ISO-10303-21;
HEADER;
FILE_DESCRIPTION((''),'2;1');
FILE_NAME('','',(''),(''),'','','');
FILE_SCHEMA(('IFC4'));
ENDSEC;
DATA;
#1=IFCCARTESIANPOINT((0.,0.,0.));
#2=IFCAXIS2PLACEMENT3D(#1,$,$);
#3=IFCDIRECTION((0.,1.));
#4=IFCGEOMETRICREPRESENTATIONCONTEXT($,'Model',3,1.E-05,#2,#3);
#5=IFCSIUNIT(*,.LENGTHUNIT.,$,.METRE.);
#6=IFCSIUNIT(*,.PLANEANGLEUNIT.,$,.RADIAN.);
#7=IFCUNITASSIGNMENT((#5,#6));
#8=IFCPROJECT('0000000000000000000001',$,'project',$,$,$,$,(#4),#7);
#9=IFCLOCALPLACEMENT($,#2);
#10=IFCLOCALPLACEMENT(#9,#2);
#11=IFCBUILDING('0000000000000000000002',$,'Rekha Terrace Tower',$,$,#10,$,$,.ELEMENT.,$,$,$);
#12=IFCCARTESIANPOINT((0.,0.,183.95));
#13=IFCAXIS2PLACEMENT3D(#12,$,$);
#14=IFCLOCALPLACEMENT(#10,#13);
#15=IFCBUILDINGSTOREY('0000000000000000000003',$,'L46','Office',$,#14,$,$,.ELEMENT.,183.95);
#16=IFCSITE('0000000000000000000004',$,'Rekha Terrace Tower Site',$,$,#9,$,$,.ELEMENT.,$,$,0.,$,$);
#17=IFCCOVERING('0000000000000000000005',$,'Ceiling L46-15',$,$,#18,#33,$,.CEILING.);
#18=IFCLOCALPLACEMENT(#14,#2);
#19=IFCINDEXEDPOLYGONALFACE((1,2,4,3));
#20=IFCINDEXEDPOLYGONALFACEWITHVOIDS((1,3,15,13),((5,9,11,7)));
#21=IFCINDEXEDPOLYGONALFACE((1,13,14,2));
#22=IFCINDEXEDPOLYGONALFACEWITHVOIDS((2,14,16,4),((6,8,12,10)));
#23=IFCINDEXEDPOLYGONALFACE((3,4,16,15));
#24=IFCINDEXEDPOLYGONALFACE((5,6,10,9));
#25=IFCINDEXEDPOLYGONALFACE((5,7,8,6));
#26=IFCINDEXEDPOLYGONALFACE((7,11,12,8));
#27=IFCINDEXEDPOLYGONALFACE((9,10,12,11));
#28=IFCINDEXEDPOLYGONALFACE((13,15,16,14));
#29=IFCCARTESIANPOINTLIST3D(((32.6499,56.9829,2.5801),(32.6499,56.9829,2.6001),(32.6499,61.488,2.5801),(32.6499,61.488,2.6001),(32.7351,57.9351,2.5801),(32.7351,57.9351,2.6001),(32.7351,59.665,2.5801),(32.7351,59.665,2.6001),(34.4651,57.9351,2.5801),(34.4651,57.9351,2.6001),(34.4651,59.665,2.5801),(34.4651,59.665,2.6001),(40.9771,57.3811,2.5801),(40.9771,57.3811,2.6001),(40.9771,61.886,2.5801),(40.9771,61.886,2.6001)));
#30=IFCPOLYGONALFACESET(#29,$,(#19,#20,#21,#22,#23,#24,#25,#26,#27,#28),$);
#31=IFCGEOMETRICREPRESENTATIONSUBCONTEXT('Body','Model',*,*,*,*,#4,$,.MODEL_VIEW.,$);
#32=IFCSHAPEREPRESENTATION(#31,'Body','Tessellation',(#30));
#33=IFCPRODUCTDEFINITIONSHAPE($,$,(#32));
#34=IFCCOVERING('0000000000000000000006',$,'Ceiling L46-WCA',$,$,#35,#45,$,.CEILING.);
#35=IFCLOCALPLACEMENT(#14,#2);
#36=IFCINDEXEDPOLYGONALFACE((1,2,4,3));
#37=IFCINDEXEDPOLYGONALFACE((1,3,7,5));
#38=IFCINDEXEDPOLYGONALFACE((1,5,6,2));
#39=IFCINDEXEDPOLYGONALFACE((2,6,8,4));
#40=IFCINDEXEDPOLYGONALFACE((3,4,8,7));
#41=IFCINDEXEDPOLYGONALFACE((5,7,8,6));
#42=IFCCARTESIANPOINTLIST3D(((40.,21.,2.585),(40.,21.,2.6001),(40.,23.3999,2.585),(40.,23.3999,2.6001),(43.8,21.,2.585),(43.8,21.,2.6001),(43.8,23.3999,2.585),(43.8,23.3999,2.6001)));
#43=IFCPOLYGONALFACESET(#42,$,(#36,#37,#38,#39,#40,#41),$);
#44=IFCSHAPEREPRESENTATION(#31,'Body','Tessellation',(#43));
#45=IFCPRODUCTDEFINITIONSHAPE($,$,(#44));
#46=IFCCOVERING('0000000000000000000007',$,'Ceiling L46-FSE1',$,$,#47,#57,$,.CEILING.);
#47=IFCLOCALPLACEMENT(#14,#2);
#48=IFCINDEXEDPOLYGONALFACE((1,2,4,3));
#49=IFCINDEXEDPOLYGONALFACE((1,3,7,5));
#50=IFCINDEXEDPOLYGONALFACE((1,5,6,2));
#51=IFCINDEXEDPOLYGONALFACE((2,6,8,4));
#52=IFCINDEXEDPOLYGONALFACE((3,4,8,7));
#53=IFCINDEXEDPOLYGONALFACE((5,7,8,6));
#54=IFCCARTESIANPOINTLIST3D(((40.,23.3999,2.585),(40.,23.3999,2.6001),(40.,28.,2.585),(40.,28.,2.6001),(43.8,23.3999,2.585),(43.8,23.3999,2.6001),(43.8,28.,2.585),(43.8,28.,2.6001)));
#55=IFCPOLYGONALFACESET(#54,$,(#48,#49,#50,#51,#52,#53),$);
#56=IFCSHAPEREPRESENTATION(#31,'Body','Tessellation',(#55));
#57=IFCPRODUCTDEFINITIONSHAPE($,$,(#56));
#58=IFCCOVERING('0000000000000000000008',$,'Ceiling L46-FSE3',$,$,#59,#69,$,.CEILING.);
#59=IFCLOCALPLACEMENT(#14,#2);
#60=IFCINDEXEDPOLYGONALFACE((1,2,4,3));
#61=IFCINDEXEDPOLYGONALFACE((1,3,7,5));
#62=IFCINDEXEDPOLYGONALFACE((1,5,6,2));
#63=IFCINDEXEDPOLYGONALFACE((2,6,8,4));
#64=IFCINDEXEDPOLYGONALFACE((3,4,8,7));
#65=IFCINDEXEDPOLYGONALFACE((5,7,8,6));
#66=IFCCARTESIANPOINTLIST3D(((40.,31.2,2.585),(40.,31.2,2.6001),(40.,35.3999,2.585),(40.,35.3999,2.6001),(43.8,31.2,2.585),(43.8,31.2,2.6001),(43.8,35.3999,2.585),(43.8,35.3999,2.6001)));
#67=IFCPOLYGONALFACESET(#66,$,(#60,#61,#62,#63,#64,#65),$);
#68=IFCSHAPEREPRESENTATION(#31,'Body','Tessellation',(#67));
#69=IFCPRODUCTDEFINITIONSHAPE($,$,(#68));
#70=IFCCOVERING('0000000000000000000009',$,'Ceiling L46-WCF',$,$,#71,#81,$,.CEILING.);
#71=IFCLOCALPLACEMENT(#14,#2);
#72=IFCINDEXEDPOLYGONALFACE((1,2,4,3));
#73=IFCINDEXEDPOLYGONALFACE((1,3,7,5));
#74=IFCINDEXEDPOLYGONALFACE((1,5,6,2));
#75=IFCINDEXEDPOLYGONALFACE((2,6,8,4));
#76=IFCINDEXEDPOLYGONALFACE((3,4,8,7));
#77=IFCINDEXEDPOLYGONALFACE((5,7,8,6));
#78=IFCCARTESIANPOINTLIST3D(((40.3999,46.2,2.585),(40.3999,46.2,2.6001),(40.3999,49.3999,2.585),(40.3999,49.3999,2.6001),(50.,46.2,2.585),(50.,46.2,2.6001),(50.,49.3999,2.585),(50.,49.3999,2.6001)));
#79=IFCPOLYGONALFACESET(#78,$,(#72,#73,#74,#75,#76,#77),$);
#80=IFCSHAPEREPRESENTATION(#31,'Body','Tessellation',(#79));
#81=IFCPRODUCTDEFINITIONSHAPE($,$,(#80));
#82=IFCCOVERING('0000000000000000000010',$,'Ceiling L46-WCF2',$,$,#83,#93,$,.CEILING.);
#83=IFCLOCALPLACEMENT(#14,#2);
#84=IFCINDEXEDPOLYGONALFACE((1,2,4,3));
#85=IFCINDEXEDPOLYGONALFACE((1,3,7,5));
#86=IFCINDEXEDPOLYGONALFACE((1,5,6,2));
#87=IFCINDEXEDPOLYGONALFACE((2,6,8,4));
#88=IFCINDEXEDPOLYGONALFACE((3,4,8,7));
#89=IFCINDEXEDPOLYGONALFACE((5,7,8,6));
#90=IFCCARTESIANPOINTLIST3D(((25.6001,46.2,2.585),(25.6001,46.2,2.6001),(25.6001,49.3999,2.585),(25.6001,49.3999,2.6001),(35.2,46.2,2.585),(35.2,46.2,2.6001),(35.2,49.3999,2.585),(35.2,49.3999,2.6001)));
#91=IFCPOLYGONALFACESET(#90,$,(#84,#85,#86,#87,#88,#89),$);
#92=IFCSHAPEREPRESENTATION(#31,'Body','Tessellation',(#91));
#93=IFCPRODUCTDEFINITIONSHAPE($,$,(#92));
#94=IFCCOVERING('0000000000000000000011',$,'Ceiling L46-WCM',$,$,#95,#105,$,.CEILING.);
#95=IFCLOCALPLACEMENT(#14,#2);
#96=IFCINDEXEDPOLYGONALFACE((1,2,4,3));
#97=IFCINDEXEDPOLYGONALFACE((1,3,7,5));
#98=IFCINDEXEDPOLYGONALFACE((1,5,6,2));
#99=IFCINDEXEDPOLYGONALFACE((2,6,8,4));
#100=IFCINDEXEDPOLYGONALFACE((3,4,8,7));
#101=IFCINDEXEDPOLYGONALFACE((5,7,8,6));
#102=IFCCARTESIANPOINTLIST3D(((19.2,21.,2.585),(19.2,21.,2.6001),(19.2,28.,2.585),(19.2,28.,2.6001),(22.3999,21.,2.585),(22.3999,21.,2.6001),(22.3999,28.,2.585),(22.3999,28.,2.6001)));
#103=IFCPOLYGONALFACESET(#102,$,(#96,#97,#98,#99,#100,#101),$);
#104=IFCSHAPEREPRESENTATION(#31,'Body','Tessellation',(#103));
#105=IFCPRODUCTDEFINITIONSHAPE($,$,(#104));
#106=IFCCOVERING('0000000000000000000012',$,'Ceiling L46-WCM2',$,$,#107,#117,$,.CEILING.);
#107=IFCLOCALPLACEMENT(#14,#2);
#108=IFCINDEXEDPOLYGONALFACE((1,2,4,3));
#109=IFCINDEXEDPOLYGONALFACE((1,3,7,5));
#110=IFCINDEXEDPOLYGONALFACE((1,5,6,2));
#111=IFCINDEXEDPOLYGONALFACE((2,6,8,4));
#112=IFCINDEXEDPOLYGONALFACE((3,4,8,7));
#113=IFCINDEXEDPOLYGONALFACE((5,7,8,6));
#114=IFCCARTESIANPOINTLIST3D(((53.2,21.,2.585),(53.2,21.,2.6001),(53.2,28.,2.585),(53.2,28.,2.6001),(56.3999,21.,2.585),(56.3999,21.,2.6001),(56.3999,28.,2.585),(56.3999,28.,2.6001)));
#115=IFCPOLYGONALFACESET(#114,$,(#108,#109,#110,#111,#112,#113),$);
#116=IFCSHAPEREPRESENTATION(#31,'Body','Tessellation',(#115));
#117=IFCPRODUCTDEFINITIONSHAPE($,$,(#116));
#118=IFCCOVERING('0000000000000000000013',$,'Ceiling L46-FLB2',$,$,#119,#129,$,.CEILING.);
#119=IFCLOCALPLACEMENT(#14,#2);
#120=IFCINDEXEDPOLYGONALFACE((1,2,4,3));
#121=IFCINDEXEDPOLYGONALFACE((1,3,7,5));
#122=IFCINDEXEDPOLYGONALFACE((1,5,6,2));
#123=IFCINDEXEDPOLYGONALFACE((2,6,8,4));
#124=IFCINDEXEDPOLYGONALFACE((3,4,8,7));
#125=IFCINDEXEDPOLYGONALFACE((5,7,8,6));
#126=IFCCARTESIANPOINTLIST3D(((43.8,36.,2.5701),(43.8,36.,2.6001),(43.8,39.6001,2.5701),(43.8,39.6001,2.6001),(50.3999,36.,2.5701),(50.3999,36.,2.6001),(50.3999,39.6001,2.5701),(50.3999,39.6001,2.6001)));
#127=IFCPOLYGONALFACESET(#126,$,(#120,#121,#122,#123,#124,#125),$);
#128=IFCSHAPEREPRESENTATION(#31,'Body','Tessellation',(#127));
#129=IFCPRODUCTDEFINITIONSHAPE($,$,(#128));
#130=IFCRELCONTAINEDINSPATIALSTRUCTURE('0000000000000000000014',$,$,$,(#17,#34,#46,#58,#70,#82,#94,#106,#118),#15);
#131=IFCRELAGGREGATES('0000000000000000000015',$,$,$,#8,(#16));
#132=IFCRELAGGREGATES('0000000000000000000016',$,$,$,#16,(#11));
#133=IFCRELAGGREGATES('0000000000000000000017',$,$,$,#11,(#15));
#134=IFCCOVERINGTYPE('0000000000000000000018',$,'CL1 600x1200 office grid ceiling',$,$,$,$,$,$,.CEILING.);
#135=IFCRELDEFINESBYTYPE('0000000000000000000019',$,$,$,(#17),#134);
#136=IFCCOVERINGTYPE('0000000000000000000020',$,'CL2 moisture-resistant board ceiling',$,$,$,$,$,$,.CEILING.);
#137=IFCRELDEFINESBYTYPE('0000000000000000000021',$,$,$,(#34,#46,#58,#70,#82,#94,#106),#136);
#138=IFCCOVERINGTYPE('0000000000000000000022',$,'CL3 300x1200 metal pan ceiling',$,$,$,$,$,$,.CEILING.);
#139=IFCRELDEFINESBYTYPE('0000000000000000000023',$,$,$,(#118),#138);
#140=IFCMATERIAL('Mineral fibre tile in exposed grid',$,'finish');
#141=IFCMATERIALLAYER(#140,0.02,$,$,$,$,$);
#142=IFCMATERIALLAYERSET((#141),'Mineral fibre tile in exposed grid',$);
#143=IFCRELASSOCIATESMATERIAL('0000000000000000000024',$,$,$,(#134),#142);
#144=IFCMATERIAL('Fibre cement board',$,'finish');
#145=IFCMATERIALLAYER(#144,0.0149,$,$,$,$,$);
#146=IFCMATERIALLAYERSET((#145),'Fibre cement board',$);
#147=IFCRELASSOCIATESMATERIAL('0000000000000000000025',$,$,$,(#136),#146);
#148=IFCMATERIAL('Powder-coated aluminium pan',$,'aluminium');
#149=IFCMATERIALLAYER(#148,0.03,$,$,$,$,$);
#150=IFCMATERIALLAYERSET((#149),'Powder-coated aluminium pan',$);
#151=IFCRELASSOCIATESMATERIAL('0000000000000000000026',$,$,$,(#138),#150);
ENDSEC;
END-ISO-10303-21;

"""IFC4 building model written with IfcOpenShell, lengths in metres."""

from ifc_helpers import new_model, si_unit, direction, frame, origin, place, context, subcontext, project, spatial, polyline, outline, extrude, material, layer, layer_set, type_object, element, save


model = new_model("IFC4")

# Units and contexts
model_context = context("Model", 3, precision=1e-05, world=origin(), true_north=direction((0.0, 1.0)))
body_context = subcontext(model_context, "Body", "Model", "MODEL_VIEW")
ifc_project = project(units=[si_unit("LENGTHUNIT", "METRE"), si_unit("PLANEANGLEUNIT", "RADIAN")], contexts=[model_context])

# Site, building, storey
site_placement = place(None, origin())
site = spatial("IfcSite", under=ifc_project, at=site_placement, Name="Rekha Terrace Tower Site", CompositionType="ELEMENT", RefElevation=0.0)
building_placement = place(site_placement, origin())
building = spatial("IfcBuilding", under=site, at=building_placement, Name="Rekha Terrace Tower", CompositionType="ELEMENT")
storey_placement = place(building_placement, frame((0.0, 0.0, 183.95)))
storey = spatial("IfcBuildingStorey", under=building, at=storey_placement, Name="L46", Description="Office", CompositionType="ELEMENT", Elevation=183.95)

# Coverings
ifc_material_1 = material(Name="Mineral fibre tile in exposed grid", Category="finish")
ifc_layer_1 = layer(ifc_material_1, 0.02)
ifc_layer_set_1 = layer_set([ifc_layer_1], Name="Mineral fibre tile in exposed grid")
covering_type_1 = type_object("IfcCoveringType", Name="CL1 600x1200 office grid ceiling", PredefinedType="CEILING", material=ifc_layer_set_1)
covering_1_placement = place(storey_placement, frame((0.0, 0.0, 2.5801)))
element("IfcCovering", 1, at=covering_1_placement, inside=storey, type_object=covering_type_1, Name="Ceiling L46-15", PredefinedType="CEILING", context=body_context, shape_type="SweptSolid", body=[
    extrude(outline(polyline([(40.9771, 57.3811), (40.9771, 61.886), (32.6499, 61.488), (32.6499, 56.9829), (40.9771, 57.3811)]), holes=[polyline([(34.4651, 57.9351), (32.7351, 57.9351), (32.7351, 59.665), (34.4651, 59.665), (34.4651, 57.9351)])]), origin(), (0.0, 0.0, 1.0), 0.02),
])
ifc_material_2 = material(Name="Fibre cement board", Category="finish")
ifc_layer_2 = layer(ifc_material_2, 0.0149)
ifc_layer_set_2 = layer_set([ifc_layer_2], Name="Fibre cement board")
covering_type_2 = type_object("IfcCoveringType", Name="CL2 moisture-resistant board ceiling", PredefinedType="CEILING", material=ifc_layer_set_2)
covering_2_placement = place(storey_placement, frame((0.0, 0.0, 2.585)))
element("IfcCovering", 2, at=covering_2_placement, inside=storey, type_object=covering_type_2, Name="Ceiling L46-WCA", PredefinedType="CEILING", context=body_context, shape_type="SweptSolid", body=[
    extrude(outline(polyline([(43.8, 23.3999), (40.0, 23.3999), (40.0, 21.0), (43.8, 21.0), (43.8, 23.3999)])), origin(), (0.0, 0.0, 1.0), 0.0151),
])
covering_3_placement = place(storey_placement, frame((0.0, 0.0, 2.585)))
element("IfcCovering", 3, at=covering_3_placement, inside=storey, type_object=covering_type_2, Name="Ceiling L46-FSE1", PredefinedType="CEILING", context=body_context, shape_type="SweptSolid", body=[
    extrude(outline(polyline([(43.8, 28.0), (40.0, 28.0), (40.0, 23.3999), (43.8, 23.3999), (43.8, 28.0)])), origin(), (0.0, 0.0, 1.0), 0.0151),
])
covering_4_placement = place(storey_placement, frame((0.0, 0.0, 2.585)))
element("IfcCovering", 4, at=covering_4_placement, inside=storey, type_object=covering_type_2, Name="Ceiling L46-FSE3", PredefinedType="CEILING", context=body_context, shape_type="SweptSolid", body=[
    extrude(outline(polyline([(43.8, 35.3999), (40.0, 35.3999), (40.0, 31.2), (43.8, 31.2), (43.8, 35.3999)])), origin(), (0.0, 0.0, 1.0), 0.0151),
])
covering_5_placement = place(storey_placement, frame((0.0, 0.0, 2.585)))
element("IfcCovering", 5, at=covering_5_placement, inside=storey, type_object=covering_type_2, Name="Ceiling L46-WCF", PredefinedType="CEILING", context=body_context, shape_type="SweptSolid", body=[
    extrude(outline(polyline([(50.0, 49.3999), (40.3999, 49.3999), (40.3999, 46.2), (50.0, 46.2), (50.0, 49.3999)])), origin(), (0.0, 0.0, 1.0), 0.0151),
])
covering_6_placement = place(storey_placement, frame((0.0, 0.0, 2.585)))
element("IfcCovering", 6, at=covering_6_placement, inside=storey, type_object=covering_type_2, Name="Ceiling L46-WCF2", PredefinedType="CEILING", context=body_context, shape_type="SweptSolid", body=[
    extrude(outline(polyline([(35.2, 49.3999), (25.6001, 49.3999), (25.6001, 46.2), (35.2, 46.2), (35.2, 49.3999)])), origin(), (0.0, 0.0, 1.0), 0.0151),
])
covering_7_placement = place(storey_placement, frame((0.0, 0.0, 2.585)))
element("IfcCovering", 7, at=covering_7_placement, inside=storey, type_object=covering_type_2, Name="Ceiling L46-WCM", PredefinedType="CEILING", context=body_context, shape_type="SweptSolid", body=[
    extrude(outline(polyline([(22.3999, 28.0), (19.2, 28.0), (19.2, 21.0), (22.3999, 21.0), (22.3999, 28.0)])), origin(), (0.0, 0.0, 1.0), 0.0151),
])
covering_8_placement = place(storey_placement, frame((0.0, 0.0, 2.585)))
element("IfcCovering", 8, at=covering_8_placement, inside=storey, type_object=covering_type_2, Name="Ceiling L46-WCM2", PredefinedType="CEILING", context=body_context, shape_type="SweptSolid", body=[
    extrude(outline(polyline([(56.3999, 28.0), (53.2, 28.0), (53.2, 21.0), (56.3999, 21.0), (56.3999, 28.0)])), origin(), (0.0, 0.0, 1.0), 0.0151),
])
ifc_material_3 = material(Name="Powder-coated aluminium pan", Category="aluminium")
ifc_layer_3 = layer(ifc_material_3, 0.03)
ifc_layer_set_3 = layer_set([ifc_layer_3], Name="Powder-coated aluminium pan")
covering_type_3 = type_object("IfcCoveringType", Name="CL3 300x1200 metal pan ceiling", PredefinedType="CEILING", material=ifc_layer_set_3)
covering_9_placement = place(storey_placement, frame((0.0, 0.0, 2.5701)))
element("IfcCovering", 9, at=covering_9_placement, inside=storey, type_object=covering_type_3, Name="Ceiling L46-FLB2", PredefinedType="CEILING", context=body_context, shape_type="SweptSolid", body=[
    extrude(outline(polyline([(50.3999, 39.6001), (43.8, 39.6001), (43.8, 36.0), (50.3999, 36.0), (50.3999, 39.6001)])), origin(), (0.0, 0.0, 1.0), 0.03),
])

save(model, "model.ifc")
